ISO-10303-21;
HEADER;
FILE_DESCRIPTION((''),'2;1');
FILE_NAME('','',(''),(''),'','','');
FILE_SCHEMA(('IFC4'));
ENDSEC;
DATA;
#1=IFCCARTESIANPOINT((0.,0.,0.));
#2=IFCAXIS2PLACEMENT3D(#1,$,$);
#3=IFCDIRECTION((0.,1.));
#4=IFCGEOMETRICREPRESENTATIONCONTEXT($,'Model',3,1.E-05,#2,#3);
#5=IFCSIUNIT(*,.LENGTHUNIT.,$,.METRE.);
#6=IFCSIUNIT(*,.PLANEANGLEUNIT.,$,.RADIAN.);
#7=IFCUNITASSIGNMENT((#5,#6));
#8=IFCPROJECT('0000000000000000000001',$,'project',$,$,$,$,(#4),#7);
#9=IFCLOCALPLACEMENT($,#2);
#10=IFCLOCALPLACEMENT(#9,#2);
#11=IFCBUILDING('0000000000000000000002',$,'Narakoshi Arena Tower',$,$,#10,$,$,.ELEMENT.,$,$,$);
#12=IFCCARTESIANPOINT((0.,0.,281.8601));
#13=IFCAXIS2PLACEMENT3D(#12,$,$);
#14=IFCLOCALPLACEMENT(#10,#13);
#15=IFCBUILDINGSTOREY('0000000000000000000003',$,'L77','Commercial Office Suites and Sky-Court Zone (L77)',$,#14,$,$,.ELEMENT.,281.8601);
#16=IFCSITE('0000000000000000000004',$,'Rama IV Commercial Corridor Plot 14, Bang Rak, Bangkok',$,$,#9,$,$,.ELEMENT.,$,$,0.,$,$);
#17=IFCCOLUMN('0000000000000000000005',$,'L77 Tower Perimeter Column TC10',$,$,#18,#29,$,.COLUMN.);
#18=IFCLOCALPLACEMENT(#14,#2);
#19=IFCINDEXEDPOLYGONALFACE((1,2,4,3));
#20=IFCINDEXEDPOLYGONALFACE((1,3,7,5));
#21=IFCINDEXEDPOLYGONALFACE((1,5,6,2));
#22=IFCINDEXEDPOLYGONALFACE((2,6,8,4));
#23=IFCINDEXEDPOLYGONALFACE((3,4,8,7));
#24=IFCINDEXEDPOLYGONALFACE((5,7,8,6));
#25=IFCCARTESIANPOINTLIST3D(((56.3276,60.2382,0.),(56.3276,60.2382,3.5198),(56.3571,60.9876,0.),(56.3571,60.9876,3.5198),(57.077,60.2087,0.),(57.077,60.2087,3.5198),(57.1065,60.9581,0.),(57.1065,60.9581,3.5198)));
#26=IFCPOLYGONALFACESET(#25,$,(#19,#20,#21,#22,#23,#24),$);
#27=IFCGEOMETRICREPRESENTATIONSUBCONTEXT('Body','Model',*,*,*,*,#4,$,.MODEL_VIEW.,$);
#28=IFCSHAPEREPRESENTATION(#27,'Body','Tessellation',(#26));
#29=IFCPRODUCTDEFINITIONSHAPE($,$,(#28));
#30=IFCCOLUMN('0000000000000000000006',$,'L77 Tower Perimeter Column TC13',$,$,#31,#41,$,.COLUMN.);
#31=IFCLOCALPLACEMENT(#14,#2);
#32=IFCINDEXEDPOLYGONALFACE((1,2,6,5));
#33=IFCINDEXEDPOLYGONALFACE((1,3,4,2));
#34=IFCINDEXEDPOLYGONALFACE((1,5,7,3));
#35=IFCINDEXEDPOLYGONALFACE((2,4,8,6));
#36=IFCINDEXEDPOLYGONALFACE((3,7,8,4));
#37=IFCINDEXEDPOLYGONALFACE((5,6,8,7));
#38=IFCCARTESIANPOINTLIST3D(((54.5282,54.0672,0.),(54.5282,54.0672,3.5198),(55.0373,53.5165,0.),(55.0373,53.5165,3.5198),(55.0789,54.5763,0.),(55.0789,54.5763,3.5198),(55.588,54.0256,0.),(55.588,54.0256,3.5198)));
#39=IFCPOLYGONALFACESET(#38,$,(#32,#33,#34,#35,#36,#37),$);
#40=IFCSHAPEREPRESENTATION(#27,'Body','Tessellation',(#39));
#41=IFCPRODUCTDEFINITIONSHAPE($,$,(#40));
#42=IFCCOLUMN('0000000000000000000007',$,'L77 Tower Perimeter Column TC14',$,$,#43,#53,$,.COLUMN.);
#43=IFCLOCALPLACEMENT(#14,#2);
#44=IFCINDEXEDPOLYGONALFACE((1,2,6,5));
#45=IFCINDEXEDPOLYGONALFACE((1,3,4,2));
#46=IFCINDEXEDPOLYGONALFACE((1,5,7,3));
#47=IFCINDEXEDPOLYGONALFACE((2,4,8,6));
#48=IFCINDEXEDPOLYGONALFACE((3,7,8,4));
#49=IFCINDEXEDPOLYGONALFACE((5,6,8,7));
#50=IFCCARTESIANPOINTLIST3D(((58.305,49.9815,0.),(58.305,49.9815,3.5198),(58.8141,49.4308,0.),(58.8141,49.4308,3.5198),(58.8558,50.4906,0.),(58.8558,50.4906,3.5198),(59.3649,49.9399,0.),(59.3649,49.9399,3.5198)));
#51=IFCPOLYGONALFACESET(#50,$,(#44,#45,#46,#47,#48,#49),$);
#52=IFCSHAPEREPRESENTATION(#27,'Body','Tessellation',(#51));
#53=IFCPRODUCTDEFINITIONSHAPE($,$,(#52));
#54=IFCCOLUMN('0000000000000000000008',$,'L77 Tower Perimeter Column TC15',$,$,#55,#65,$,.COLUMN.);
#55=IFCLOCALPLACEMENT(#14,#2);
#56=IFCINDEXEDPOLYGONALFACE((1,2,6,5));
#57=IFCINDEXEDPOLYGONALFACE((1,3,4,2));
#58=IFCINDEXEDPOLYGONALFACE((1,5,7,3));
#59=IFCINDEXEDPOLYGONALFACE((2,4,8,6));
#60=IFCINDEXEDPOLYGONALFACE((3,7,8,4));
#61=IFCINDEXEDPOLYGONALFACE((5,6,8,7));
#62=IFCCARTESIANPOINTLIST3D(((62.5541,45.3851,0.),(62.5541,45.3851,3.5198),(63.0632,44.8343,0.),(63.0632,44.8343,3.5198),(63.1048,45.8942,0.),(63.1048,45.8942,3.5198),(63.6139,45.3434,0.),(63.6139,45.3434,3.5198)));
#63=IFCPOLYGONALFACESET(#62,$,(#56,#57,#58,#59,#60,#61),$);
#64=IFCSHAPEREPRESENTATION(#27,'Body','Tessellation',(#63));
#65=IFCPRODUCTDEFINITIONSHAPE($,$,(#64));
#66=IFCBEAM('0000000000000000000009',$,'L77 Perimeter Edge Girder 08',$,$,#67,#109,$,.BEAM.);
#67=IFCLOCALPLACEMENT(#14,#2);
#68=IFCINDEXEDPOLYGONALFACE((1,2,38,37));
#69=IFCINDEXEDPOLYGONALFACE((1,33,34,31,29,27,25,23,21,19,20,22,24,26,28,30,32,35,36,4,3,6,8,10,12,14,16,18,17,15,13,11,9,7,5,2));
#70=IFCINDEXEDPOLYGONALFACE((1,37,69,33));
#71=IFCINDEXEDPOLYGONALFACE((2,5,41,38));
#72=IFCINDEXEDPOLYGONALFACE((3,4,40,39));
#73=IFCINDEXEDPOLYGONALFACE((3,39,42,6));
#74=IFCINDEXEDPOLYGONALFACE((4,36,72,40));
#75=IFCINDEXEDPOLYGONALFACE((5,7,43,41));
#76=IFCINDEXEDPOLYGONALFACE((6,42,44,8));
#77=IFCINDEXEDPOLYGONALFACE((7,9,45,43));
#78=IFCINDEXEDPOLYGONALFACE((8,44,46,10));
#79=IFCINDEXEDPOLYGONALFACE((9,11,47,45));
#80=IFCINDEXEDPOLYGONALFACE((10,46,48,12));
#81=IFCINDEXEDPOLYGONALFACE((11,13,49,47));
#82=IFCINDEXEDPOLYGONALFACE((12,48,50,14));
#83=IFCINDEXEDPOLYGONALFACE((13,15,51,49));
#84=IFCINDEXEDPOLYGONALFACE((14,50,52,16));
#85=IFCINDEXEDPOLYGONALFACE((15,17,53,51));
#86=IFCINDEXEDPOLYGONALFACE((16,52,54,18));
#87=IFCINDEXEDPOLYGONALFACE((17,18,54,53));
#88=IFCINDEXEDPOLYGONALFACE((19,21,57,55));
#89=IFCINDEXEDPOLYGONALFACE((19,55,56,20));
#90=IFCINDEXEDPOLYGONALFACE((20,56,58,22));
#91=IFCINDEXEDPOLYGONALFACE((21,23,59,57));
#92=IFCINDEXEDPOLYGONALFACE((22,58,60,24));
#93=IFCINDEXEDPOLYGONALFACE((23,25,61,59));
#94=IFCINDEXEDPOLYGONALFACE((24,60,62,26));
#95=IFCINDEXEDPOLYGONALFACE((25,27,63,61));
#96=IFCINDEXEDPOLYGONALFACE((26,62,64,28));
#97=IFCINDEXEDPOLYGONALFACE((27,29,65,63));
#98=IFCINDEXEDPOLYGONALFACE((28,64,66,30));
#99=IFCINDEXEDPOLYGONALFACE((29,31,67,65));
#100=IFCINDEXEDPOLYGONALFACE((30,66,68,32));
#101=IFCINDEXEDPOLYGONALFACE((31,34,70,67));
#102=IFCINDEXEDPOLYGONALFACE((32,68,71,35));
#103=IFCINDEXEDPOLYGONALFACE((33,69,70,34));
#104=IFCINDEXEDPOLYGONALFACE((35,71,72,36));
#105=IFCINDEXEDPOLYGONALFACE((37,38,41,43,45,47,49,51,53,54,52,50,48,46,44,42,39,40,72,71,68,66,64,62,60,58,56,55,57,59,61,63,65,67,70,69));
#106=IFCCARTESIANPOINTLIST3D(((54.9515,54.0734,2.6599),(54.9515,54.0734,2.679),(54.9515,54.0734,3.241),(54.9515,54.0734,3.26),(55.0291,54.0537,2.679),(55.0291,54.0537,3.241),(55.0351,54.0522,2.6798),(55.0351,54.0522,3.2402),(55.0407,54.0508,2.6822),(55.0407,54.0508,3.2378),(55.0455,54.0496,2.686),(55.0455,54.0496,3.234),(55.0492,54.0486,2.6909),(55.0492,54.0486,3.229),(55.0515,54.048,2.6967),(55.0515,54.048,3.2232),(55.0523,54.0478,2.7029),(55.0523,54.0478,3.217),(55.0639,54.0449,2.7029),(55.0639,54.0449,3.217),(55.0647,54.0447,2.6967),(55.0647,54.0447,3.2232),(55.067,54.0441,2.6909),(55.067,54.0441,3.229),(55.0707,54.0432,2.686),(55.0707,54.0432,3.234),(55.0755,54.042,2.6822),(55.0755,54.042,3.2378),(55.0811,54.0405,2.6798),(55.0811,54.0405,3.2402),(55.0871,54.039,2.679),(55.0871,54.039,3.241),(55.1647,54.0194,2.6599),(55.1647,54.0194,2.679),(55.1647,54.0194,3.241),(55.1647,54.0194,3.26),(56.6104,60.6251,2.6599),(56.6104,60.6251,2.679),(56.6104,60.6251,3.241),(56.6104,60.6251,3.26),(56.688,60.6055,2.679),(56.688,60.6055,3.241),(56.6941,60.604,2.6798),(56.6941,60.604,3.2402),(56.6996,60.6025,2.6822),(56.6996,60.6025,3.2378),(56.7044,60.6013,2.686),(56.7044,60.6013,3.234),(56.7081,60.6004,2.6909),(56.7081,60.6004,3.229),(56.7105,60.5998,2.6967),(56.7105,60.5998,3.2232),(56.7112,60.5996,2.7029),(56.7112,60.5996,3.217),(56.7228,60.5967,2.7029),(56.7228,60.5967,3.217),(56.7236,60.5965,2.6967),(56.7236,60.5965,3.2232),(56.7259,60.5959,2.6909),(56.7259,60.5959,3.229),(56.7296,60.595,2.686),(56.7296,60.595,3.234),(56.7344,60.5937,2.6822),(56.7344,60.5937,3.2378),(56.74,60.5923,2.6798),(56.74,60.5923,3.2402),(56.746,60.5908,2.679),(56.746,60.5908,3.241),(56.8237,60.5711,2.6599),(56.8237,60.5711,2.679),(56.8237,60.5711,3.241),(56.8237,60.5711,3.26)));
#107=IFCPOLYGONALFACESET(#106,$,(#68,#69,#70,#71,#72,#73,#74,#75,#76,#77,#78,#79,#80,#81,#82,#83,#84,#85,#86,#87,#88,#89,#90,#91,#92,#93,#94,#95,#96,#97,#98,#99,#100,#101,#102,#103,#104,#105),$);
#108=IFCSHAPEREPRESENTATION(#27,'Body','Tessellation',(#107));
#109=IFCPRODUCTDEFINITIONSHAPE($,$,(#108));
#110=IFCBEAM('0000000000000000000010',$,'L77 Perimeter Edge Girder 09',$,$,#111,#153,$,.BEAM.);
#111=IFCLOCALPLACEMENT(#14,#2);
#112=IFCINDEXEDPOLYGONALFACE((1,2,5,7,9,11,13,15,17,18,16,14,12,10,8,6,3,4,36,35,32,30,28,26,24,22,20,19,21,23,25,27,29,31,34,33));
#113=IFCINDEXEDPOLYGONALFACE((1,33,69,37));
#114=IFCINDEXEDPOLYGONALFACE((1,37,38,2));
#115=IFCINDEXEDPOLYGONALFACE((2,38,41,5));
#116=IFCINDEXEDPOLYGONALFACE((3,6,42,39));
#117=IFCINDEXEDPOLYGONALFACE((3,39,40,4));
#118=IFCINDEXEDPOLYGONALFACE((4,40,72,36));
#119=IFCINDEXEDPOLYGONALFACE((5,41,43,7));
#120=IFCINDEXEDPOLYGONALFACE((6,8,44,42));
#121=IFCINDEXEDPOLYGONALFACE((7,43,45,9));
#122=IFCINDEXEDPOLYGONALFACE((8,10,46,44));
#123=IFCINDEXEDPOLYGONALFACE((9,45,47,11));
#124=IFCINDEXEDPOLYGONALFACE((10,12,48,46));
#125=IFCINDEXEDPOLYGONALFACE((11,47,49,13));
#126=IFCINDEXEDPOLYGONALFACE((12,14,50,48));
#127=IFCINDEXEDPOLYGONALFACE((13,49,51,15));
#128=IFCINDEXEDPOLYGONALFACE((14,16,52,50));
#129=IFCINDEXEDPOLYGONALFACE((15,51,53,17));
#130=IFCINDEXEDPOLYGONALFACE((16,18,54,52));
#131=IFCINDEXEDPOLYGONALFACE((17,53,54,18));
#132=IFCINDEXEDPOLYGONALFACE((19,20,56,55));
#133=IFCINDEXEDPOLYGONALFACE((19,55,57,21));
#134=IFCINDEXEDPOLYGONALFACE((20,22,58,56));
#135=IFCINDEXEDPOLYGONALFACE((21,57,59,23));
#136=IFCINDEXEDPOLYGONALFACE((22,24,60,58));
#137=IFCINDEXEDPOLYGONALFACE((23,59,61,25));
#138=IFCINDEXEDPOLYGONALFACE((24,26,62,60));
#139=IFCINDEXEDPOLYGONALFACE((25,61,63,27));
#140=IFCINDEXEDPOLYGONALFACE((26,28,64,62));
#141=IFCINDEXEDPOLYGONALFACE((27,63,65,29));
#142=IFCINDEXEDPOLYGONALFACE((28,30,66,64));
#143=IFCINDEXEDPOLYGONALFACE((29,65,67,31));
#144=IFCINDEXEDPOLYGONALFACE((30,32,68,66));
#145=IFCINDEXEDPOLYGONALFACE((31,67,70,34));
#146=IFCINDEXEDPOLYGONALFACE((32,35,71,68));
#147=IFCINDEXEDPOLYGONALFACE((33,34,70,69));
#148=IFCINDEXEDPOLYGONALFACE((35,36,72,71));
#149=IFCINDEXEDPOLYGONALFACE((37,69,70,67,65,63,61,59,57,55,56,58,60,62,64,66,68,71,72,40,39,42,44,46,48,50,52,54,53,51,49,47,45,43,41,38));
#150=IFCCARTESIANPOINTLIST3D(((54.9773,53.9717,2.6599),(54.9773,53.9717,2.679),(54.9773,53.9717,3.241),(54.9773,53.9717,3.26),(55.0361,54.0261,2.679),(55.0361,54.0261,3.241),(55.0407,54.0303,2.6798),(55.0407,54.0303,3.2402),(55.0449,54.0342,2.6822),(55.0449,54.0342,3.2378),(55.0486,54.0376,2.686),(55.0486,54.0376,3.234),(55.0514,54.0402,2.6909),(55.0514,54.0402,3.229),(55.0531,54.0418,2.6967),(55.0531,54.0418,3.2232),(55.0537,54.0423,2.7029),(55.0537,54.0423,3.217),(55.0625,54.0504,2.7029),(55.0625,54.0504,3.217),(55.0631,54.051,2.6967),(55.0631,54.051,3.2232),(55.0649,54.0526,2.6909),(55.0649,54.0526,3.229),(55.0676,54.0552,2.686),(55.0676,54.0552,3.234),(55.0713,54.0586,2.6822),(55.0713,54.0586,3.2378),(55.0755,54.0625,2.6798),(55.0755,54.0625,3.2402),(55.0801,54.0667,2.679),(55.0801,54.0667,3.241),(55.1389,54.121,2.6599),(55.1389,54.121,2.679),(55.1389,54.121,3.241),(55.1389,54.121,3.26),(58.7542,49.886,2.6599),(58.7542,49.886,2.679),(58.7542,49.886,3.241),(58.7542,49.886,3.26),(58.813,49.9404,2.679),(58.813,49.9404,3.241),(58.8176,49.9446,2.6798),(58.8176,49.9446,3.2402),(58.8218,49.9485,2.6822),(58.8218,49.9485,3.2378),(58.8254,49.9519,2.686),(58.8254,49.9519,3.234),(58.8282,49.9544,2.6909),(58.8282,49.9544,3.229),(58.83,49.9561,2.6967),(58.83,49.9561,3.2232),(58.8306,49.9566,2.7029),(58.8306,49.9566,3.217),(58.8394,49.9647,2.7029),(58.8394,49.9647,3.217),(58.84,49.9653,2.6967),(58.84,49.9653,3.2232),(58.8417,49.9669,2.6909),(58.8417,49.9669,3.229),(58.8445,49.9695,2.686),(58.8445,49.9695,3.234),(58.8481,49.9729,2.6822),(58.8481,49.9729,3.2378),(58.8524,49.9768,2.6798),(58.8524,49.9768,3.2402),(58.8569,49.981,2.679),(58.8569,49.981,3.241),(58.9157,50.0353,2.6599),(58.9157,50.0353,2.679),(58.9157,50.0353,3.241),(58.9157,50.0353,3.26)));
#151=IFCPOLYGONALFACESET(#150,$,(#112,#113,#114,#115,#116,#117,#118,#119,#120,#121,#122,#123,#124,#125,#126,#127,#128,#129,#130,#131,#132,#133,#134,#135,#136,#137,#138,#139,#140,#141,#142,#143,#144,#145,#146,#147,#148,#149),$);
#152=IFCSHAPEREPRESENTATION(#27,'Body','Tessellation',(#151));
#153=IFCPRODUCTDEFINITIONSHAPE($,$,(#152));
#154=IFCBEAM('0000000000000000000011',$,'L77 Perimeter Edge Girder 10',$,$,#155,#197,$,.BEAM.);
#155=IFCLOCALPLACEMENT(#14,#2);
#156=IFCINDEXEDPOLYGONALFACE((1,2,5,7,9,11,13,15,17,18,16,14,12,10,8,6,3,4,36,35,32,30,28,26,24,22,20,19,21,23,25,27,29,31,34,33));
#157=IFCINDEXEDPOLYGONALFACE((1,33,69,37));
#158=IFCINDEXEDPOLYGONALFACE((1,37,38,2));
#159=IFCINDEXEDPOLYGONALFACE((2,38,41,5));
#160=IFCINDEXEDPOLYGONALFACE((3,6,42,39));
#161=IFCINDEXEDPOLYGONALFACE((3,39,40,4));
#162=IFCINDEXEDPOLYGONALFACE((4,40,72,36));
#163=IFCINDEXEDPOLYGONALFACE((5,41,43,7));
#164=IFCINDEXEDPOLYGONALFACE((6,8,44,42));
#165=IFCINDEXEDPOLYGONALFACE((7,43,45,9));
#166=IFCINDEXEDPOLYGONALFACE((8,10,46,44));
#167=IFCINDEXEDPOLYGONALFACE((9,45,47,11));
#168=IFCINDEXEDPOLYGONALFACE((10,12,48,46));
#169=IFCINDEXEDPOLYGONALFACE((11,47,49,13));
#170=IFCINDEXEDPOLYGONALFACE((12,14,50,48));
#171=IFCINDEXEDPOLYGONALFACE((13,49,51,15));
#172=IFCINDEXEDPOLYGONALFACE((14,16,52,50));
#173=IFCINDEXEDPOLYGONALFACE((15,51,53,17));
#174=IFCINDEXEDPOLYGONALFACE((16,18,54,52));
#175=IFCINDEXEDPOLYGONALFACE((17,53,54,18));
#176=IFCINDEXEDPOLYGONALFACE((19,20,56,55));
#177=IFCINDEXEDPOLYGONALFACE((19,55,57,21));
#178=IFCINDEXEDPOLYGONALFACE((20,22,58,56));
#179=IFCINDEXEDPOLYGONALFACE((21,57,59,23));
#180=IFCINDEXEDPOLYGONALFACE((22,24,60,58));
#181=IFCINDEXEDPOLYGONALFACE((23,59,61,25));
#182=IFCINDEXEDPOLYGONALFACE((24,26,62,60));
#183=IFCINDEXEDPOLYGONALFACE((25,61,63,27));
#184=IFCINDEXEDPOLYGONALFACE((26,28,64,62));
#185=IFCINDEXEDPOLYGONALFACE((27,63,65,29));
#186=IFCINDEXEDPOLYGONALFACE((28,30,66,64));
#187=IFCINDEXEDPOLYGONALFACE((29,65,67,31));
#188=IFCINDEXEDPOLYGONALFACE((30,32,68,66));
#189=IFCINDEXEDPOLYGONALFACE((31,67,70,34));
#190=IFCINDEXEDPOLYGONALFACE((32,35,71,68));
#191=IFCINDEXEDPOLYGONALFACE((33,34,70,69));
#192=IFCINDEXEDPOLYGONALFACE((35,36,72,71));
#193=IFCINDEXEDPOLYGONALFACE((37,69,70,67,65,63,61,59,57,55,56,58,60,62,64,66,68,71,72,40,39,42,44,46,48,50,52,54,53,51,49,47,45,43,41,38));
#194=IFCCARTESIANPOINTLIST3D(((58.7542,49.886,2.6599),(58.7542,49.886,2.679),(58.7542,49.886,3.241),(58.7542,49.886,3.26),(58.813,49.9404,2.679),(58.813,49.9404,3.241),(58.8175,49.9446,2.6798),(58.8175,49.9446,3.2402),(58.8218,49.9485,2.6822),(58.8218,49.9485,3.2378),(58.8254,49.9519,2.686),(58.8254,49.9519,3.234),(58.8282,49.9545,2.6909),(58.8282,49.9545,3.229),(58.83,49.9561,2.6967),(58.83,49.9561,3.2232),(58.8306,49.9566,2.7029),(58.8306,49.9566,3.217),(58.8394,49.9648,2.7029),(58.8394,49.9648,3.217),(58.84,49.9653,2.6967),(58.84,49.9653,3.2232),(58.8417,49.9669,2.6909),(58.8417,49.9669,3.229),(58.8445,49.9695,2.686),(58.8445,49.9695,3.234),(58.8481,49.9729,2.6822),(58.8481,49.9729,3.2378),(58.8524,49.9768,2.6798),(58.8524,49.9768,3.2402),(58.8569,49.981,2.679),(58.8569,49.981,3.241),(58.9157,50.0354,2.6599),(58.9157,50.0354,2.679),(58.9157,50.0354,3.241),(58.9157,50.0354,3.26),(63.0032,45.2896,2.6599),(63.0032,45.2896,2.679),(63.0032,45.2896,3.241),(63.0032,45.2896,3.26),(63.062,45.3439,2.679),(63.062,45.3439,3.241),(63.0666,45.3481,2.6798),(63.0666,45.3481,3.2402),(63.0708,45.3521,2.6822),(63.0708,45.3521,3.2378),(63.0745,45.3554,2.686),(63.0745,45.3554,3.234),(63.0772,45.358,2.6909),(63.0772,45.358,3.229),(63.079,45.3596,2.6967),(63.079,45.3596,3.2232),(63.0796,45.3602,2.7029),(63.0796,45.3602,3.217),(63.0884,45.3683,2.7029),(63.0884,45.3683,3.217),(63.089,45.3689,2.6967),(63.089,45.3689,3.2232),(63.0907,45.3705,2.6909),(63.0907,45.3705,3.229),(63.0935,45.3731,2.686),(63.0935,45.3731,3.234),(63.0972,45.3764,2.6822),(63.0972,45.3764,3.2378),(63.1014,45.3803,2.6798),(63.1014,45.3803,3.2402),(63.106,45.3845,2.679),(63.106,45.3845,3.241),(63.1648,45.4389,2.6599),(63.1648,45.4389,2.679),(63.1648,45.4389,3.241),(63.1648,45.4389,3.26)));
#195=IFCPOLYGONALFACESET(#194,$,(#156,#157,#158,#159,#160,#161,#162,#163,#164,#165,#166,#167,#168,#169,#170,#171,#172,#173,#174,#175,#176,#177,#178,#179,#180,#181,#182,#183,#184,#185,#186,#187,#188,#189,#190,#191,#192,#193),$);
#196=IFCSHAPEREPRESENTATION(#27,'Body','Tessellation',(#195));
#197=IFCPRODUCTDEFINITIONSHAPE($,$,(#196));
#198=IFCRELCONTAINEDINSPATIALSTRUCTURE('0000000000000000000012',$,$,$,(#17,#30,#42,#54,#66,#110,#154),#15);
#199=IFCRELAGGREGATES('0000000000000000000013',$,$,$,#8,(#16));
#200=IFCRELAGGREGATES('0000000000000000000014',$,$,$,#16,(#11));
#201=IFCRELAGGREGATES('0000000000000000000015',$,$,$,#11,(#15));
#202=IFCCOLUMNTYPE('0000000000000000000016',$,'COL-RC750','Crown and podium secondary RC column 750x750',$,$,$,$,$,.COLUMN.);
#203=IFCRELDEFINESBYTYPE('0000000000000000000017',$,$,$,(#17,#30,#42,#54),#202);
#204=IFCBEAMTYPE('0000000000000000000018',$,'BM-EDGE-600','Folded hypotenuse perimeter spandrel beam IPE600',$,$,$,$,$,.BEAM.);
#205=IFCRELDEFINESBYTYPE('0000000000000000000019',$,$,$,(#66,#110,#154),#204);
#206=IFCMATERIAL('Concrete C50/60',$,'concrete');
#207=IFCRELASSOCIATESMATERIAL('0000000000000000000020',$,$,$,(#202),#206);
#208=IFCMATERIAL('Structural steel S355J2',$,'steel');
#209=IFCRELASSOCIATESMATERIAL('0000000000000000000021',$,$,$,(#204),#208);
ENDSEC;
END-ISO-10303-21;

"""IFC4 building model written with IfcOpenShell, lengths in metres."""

from ifc_helpers import new_model, si_unit, direction, frame, origin, origin_2d, place, context, subcontext, project, spatial, rectangle, i_section, extrude, material, material_profile, profile_set, type_object, element, save


model = new_model("IFC4")

# Units and contexts
model_context = context("Model", 3, precision=1e-05, world=origin(), true_north=direction((0.0, 1.0)))
body_context = subcontext(model_context, "Body", "Model", "MODEL_VIEW")
ifc_project = project(units=[si_unit("LENGTHUNIT", "METRE"), si_unit("PLANEANGLEUNIT", "RADIAN")], contexts=[model_context])

# Site, building, storey
site_placement = place(None, origin())
site = spatial("IfcSite", under=ifc_project, at=site_placement, Name="Rama IV Commercial Corridor Plot 14, Bang Rak, Bangkok", CompositionType="ELEMENT", RefElevation=0.0)
building_placement = place(site_placement, origin())
building = spatial("IfcBuilding", under=site, at=building_placement, Name="Narakoshi Arena Tower", CompositionType="ELEMENT")
storey_placement = place(building_placement, frame((0.0, 0.0, 281.8601)))
storey = spatial("IfcBuildingStorey", under=building, at=storey_placement, Name="L77", Description="Commercial Office Suites and Sky-Court Zone (L77)", CompositionType="ELEMENT", Elevation=281.8601)

# Columns
ifc_material_1 = material(Name="Concrete C50/60", Category="concrete")
ifc_material_profile_1 = material_profile(ifc_material_1, rectangle(XDim=0.75, YDim=0.75, at=origin_2d()), Name="RC750x750")
ifc_profile_set_1 = profile_set([ifc_material_profile_1], Name="Concrete C50/60")
column_type = type_object("IfcColumnType", Name="COL-RC750", Description="Crown and podium secondary RC column 750x750", PredefinedType="COLUMN", material=ifc_profile_set_1)
for number, where, z_axis, x_axis, name in (
    (1, (56.717, 60.5981, 0.0), (0.0, 0.0, 1.0), (0.03926, 0.999229, 0.0), "L77 Tower Perimeter Column TC10"),
    (2, (55.0581, 54.0464, 0.0), (0.0, 0.0, 1.0), (-0.678801, 0.734323, 0.0), "L77 Tower Perimeter Column TC13"),
    (3, (58.835, 49.9607, 0.0), (0.0, 0.0, 1.0), (-0.678801, 0.734323, 0.0), "L77 Tower Perimeter Column TC14"),
    (4, (63.084, 45.3643, 0.0), (0.0, 0.0, 1.0), (-0.678801, 0.734323, 0.0), "L77 Tower Perimeter Column TC15"),
):
    element("IfcColumn", number, at=place(storey_placement, frame(where, z_axis=z_axis, x_axis=x_axis)), inside=storey, type_object=column_type, Name=name, PredefinedType="COLUMN", context=body_context, shape_type="SweptSolid", body=[
        extrude(rectangle(XDim=0.75, YDim=0.75, at=origin_2d()), origin(), (0.0, 0.0, 1.0), 3.5198),
    ])

# Beams
ifc_material_2 = material(Name="Structural steel S355J2", Category="steel")
ifc_material_profile_2 = material_profile(ifc_material_2, i_section(OverallWidth=0.22, OverallDepth=0.6001, WebThickness=0.012, FlangeThickness=0.019, FilletRadius=0.0239, at=origin_2d()), Name="IPE600")
ifc_profile_set_2 = profile_set([ifc_material_profile_2], Name="Structural steel S355J2")
beam_type_1 = type_object("IfcBeamType", Name="BM-EDGE-600", Description="Folded hypotenuse perimeter spandrel beam IPE600", PredefinedType="BEAM", material=ifc_profile_set_2)
beam_1_placement = place(storey_placement, frame((56.717, 60.5981, 2.96), z_axis=(-0.245458, -0.969407, 0.0), x_axis=(0.969407, -0.245458, 0.0)))
element("IfcBeam", 5, at=beam_1_placement, inside=storey, type_object=beam_type_1, Name="L77 Perimeter Edge Girder 08", PredefinedType="BEAM", context=body_context, shape_type="SweptSolid", body=[
    extrude(i_section(OverallWidth=0.22, OverallDepth=0.6001, WebThickness=0.012, FlangeThickness=0.019, FilletRadius=0.0239, at=origin_2d()), origin(), (0.0, 0.0, 1.0), 6.7585),
])
beam_2_placement = place(storey_placement, frame((55.0581, 54.0464, 2.96), z_axis=(0.678808, -0.734315, 0.0), x_axis=(0.734315, 0.678808, 0.0)))
element("IfcBeam", 6, at=beam_2_placement, inside=storey, type_object=beam_type_1, Name="L77 Perimeter Edge Girder 09", PredefinedType="BEAM", context=body_context, shape_type="SweptSolid", body=[
    extrude(i_section(OverallWidth=0.22, OverallDepth=0.6001, WebThickness=0.012, FlangeThickness=0.019, FilletRadius=0.0239, at=origin_2d()), origin(), (0.0, 0.0, 1.0), 5.564),
])
beam_3_placement = place(storey_placement, frame((58.835, 49.9607, 2.96), z_axis=(0.678811, -0.734313, 0.0), x_axis=(0.734313, 0.678811, 0.0)))
element("IfcBeam", 7, at=beam_3_placement, inside=storey, type_object=beam_type_1, Name="L77 Perimeter Edge Girder 10", PredefinedType="BEAM", context=body_context, shape_type="SweptSolid", body=[
    extrude(i_section(OverallWidth=0.22, OverallDepth=0.6001, WebThickness=0.012, FlangeThickness=0.019, FilletRadius=0.0239, at=origin_2d()), origin(), (0.0, 0.0, 1.0), 6.2595),
])

save(model, "model.ifc")
